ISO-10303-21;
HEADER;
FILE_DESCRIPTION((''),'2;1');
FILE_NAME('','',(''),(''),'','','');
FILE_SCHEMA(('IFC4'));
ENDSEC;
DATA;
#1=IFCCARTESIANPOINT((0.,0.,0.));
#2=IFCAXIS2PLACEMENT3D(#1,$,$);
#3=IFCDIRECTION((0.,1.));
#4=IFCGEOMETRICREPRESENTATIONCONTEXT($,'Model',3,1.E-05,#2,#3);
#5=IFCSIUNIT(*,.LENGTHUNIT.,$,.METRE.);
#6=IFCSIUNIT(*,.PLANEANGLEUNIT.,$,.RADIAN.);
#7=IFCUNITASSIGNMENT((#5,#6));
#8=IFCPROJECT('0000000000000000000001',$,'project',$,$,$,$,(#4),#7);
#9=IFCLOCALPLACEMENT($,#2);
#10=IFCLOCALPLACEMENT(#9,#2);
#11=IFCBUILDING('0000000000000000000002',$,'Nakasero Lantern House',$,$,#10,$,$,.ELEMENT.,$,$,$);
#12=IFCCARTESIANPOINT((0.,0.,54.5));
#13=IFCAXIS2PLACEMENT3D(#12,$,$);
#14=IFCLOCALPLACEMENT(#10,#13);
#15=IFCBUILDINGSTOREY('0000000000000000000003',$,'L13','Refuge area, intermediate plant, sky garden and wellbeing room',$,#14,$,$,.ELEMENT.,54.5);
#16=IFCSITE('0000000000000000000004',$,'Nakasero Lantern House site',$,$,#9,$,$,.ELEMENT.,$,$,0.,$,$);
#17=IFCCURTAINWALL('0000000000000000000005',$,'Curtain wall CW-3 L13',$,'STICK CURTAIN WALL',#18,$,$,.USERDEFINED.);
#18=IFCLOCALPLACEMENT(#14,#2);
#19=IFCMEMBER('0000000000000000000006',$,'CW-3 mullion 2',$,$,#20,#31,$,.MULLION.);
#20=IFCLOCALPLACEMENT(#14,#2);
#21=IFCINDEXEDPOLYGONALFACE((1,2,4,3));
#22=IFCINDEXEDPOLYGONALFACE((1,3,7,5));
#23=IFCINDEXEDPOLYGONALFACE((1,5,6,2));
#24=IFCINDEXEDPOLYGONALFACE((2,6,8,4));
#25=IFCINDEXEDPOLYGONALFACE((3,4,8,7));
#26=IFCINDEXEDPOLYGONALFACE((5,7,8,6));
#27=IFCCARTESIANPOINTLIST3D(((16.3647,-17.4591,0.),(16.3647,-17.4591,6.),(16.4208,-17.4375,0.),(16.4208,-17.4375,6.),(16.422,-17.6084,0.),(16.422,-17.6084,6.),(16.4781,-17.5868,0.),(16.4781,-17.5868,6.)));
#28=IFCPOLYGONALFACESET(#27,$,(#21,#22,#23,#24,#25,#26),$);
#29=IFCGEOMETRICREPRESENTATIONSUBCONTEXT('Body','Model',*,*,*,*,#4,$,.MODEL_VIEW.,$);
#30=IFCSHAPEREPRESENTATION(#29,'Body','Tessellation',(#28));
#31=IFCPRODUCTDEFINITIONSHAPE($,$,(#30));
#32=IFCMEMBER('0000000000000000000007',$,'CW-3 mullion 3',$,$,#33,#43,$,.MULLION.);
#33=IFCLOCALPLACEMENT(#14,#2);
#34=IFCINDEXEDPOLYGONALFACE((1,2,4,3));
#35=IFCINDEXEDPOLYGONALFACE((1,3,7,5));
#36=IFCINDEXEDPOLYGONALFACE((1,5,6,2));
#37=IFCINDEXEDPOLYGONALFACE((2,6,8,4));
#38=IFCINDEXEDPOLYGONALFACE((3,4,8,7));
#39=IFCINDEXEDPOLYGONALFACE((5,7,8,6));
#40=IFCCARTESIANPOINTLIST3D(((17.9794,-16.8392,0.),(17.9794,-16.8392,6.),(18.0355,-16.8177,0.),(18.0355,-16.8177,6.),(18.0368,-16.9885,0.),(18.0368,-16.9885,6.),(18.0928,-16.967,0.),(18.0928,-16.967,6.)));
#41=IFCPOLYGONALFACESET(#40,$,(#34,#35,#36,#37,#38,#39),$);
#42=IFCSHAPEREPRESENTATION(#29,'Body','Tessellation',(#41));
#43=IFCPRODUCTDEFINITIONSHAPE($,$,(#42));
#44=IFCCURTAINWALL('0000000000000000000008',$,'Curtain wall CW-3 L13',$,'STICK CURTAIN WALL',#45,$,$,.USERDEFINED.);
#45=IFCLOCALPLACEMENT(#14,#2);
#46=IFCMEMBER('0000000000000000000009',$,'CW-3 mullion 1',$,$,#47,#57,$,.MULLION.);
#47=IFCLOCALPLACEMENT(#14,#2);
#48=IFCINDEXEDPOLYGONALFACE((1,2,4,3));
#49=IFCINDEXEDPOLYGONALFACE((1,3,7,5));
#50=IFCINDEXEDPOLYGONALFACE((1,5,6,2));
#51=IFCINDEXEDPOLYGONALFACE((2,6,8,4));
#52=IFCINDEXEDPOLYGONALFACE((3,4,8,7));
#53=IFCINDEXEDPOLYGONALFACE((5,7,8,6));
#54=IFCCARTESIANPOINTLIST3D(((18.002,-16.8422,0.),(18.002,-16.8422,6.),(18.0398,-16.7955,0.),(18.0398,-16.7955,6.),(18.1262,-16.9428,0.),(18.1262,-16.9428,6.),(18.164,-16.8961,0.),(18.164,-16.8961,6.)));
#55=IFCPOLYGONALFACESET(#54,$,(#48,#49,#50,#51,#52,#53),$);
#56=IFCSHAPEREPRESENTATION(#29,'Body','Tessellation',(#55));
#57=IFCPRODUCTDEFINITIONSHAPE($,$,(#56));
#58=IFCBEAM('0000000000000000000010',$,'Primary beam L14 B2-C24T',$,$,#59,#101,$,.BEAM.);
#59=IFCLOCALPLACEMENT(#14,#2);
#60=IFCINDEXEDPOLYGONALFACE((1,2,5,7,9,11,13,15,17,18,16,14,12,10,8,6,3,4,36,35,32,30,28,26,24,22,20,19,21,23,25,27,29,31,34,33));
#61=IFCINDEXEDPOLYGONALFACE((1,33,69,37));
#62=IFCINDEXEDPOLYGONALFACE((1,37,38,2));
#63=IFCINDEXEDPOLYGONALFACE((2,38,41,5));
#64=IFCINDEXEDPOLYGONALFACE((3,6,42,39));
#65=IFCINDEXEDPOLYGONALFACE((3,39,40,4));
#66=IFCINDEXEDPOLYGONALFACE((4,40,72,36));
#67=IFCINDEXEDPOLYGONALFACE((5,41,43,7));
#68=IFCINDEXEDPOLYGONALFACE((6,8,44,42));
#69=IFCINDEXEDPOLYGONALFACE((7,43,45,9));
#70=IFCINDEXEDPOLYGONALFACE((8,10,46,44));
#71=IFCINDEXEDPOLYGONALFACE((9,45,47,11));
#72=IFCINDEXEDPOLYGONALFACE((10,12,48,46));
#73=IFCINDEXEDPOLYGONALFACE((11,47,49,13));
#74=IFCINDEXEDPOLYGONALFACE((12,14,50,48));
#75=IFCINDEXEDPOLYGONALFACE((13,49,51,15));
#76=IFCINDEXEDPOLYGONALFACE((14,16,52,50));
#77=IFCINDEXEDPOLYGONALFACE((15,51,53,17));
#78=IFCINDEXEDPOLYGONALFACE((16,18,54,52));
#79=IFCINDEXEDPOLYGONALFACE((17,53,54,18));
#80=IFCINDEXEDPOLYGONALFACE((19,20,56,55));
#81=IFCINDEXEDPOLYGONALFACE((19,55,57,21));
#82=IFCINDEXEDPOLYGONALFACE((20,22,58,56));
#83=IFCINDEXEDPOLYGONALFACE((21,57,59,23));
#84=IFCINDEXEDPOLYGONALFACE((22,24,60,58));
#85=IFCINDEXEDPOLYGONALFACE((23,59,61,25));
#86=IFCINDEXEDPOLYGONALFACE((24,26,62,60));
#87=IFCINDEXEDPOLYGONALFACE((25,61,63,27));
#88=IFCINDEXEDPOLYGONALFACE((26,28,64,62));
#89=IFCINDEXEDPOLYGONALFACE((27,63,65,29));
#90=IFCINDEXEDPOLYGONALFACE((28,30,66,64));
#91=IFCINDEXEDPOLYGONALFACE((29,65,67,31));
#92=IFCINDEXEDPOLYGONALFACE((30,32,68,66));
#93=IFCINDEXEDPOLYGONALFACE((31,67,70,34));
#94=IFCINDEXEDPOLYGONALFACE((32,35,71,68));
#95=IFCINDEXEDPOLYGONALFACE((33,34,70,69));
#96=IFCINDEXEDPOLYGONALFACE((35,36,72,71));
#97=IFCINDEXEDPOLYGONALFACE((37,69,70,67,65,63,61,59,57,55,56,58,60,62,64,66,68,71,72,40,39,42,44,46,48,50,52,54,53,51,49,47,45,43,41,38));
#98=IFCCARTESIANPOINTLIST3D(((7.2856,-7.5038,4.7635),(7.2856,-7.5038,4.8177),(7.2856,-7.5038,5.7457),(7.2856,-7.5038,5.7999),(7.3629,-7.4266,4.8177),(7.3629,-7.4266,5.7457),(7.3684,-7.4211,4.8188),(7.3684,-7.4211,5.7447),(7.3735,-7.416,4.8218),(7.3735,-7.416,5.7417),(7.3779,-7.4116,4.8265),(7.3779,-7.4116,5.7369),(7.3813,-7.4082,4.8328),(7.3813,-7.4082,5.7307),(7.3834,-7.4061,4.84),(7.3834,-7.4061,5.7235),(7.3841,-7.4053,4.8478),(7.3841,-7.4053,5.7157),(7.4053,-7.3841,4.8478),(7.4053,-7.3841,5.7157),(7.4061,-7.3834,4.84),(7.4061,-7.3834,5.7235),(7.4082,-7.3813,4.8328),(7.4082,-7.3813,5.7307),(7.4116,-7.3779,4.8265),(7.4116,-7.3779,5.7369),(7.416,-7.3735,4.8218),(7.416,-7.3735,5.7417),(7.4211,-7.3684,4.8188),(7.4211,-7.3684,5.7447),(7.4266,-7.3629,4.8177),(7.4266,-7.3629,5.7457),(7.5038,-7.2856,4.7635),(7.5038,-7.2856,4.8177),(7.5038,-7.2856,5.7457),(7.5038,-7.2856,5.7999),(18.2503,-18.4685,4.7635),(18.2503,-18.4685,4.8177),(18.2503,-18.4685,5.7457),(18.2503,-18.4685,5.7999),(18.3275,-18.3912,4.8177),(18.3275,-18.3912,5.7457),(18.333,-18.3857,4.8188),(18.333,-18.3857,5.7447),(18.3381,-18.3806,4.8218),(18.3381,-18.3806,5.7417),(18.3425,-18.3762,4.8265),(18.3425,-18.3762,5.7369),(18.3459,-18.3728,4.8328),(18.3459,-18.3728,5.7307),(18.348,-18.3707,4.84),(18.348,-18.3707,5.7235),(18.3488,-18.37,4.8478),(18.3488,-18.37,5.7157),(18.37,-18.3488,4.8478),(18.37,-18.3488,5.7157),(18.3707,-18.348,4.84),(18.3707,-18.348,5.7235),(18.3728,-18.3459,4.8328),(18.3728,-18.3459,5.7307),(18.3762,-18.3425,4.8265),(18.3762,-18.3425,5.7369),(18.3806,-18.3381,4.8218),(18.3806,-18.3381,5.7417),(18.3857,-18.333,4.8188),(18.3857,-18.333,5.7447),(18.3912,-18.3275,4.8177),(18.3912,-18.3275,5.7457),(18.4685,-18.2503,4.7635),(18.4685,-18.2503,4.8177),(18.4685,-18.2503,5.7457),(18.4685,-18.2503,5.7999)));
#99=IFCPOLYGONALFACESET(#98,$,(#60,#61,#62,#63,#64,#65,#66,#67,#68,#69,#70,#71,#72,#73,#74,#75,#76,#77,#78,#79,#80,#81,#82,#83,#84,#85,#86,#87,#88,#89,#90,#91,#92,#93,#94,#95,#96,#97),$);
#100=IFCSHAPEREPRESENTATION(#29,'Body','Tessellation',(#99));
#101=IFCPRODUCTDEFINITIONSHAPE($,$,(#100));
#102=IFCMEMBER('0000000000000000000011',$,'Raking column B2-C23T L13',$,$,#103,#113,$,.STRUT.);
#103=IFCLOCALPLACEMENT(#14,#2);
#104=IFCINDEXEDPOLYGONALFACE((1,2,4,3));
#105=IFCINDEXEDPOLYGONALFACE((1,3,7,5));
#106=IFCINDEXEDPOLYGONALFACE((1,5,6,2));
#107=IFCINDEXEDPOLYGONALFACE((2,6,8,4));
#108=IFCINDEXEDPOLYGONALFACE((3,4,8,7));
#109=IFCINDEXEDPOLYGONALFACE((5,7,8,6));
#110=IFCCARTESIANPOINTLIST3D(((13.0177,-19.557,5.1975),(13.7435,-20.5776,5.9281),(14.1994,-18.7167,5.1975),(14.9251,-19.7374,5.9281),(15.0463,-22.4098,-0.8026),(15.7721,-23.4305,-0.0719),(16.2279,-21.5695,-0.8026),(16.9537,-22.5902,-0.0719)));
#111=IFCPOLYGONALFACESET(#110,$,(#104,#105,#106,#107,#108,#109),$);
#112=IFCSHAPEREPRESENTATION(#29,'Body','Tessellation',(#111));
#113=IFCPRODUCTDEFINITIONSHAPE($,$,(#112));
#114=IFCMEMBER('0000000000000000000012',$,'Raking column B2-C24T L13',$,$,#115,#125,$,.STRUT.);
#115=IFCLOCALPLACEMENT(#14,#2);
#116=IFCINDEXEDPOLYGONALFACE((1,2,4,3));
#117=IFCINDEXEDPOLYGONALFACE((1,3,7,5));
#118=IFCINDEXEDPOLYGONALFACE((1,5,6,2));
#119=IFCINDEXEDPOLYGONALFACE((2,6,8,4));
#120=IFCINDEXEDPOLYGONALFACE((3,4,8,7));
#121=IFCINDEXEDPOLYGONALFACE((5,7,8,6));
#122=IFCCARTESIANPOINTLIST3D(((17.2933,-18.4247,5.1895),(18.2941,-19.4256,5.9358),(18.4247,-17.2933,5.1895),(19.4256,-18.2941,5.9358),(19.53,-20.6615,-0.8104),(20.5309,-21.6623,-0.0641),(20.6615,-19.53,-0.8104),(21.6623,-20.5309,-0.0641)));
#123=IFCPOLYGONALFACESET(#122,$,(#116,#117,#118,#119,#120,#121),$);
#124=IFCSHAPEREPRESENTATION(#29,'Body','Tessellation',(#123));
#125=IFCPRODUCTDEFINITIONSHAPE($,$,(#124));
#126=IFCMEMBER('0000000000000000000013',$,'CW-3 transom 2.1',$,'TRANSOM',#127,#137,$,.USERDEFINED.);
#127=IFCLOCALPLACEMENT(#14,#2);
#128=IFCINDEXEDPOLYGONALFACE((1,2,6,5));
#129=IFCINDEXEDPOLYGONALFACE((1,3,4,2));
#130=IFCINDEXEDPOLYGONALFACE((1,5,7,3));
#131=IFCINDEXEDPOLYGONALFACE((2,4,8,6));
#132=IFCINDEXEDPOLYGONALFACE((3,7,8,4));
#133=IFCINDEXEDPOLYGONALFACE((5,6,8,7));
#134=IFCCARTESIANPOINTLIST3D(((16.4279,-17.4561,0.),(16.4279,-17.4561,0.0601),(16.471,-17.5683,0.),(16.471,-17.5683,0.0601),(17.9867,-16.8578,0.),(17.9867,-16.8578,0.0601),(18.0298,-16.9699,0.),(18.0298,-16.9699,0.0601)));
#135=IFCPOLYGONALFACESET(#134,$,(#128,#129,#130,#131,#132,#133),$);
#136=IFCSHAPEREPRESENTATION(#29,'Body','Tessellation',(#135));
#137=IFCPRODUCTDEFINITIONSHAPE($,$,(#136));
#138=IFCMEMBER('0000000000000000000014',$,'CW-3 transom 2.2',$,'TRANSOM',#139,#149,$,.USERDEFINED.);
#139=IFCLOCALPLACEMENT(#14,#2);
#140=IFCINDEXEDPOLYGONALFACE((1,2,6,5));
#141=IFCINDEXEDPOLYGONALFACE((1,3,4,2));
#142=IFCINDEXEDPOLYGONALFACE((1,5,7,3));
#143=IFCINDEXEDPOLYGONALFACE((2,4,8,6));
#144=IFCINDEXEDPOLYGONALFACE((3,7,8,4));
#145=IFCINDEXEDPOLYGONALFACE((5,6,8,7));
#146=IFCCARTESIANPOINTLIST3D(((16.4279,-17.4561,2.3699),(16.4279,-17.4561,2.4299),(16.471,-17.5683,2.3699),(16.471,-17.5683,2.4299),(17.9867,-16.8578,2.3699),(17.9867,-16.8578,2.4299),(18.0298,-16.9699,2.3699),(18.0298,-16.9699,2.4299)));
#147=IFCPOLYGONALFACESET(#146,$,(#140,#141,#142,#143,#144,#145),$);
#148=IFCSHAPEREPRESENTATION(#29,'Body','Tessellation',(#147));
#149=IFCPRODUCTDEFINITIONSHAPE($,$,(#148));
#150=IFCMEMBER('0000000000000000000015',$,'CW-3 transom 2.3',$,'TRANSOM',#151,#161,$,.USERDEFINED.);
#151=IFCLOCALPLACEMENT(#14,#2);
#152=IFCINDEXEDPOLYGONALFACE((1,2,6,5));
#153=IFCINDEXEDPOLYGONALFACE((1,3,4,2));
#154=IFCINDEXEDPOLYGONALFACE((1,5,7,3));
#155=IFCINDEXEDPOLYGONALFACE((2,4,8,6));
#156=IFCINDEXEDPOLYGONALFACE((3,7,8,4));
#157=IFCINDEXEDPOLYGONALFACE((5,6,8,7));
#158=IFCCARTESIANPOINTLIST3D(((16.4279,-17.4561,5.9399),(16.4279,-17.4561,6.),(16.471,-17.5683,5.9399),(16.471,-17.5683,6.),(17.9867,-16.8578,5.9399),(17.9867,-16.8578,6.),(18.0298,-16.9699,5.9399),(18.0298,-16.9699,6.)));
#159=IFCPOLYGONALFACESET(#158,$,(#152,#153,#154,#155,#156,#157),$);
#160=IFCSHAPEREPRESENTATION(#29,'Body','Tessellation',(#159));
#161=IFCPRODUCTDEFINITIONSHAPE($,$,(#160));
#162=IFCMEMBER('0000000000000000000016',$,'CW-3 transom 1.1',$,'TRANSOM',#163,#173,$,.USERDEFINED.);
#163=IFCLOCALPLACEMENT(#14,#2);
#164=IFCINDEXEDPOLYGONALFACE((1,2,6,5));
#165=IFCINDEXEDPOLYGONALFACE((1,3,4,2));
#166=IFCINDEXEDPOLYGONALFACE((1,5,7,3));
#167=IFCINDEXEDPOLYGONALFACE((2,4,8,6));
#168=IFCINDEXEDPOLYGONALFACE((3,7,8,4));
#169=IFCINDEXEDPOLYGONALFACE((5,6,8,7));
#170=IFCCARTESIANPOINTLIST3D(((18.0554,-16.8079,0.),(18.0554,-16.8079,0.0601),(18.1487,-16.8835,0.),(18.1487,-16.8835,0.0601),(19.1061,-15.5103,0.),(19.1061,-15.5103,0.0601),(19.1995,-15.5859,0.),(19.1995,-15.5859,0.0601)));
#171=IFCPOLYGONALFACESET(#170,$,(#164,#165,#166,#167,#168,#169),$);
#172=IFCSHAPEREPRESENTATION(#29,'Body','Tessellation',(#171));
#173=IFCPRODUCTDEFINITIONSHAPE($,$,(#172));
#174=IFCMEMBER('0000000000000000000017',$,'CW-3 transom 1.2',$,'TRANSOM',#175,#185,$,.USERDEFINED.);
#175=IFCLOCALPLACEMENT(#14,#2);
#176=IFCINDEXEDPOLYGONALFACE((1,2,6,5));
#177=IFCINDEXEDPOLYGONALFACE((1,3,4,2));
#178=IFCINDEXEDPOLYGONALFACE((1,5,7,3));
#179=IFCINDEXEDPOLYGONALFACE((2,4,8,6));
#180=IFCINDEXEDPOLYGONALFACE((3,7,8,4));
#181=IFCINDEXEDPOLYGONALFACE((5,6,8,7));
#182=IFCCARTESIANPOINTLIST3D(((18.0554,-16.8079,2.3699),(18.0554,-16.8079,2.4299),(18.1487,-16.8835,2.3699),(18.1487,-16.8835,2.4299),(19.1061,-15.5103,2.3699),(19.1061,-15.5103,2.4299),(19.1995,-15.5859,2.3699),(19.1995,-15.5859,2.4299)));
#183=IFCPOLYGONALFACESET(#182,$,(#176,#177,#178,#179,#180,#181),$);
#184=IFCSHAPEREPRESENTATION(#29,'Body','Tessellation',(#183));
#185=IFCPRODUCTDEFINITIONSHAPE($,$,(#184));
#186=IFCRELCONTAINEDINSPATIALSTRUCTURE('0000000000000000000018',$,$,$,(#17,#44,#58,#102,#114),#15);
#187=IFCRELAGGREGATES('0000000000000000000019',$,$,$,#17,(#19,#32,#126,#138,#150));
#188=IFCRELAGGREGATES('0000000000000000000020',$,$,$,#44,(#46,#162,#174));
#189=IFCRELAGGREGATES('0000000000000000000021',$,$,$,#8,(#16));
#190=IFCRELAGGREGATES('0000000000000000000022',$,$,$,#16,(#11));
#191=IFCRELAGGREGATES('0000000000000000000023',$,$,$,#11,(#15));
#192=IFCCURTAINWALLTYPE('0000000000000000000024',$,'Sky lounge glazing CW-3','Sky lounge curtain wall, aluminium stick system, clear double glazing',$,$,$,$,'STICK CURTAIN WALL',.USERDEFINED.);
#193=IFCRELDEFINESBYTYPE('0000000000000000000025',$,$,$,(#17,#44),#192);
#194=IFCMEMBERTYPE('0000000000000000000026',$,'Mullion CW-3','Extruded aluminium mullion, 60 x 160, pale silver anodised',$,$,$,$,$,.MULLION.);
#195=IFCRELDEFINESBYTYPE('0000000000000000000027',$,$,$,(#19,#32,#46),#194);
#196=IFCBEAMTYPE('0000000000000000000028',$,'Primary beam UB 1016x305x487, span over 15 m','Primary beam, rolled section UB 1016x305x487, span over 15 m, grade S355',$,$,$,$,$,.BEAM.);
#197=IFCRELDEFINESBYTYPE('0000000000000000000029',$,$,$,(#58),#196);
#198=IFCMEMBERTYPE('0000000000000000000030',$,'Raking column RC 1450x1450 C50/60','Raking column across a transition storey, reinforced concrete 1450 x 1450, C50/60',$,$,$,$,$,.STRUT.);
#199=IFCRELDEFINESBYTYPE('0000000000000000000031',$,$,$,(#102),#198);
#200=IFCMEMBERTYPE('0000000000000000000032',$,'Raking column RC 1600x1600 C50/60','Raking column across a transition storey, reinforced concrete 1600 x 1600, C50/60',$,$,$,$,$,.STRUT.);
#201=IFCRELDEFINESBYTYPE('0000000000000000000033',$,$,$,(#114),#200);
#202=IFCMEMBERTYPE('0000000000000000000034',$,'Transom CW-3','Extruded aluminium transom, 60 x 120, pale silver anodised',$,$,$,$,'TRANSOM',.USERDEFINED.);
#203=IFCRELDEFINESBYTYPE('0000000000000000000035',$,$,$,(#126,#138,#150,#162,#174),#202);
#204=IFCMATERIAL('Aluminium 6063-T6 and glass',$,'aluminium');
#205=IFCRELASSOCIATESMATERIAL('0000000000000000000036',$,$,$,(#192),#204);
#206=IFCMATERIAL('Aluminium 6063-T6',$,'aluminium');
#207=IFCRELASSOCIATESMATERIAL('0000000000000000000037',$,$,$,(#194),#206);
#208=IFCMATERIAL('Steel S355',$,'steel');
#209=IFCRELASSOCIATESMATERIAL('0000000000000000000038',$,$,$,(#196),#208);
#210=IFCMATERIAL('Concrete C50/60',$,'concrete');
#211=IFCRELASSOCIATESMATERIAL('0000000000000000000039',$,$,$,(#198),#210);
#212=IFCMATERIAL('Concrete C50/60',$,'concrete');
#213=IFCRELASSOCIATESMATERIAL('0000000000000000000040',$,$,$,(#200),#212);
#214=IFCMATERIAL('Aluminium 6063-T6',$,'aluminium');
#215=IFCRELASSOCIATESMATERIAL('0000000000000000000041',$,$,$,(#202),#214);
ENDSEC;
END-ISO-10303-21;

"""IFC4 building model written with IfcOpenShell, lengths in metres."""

from ifc_helpers import new_model, si_unit, direction, frame, origin, origin_2d, place, context, subcontext, project, spatial, rectangle, i_section, extrude, material, material_profile, profile_set, type_object, element, aggregate, save


model = new_model("IFC4")

# Units and contexts
model_context = context("Model", 3, precision=1e-05, world=origin(), true_north=direction((0.0, 1.0)))
body_context = subcontext(model_context, "Body", "Model", "MODEL_VIEW")
ifc_project = project(units=[si_unit("LENGTHUNIT", "METRE"), si_unit("PLANEANGLEUNIT", "RADIAN")], contexts=[model_context])

# Site, building, storey
site_placement = place(None, origin())
site = spatial("IfcSite", under=ifc_project, at=site_placement, Name="Nakasero Lantern House site", CompositionType="ELEMENT", RefElevation=0.0)
building_placement = place(site_placement, origin())
building = spatial("IfcBuilding", under=site, at=building_placement, Name="Nakasero Lantern House", CompositionType="ELEMENT")
storey_placement = place(building_placement, frame((0.0, 0.0, 54.5)))
storey = spatial("IfcBuildingStorey", under=building, at=storey_placement, Name="L13", Description="Refuge area, intermediate plant, sky garden and wellbeing room", CompositionType="ELEMENT", Elevation=54.5)

# Curtain wall, members
ifc_material_1 = material(Name="Aluminium 6063-T6 and glass", Category="aluminium")
curtain_wall_type = type_object("IfcCurtainWallType", Name="Sky lounge glazing CW-3", Description="Sky lounge curtain wall, aluminium stick system, clear double glazing", ElementType="STICK CURTAIN WALL", PredefinedType="USERDEFINED", material=ifc_material_1)
curtain_wall_1_placement = place(storey_placement, origin())
curtain_wall_1 = element("IfcCurtainWall", 1, at=curtain_wall_1_placement, inside=storey, type_object=curtain_wall_type, Name="Curtain wall CW-3 L13", ObjectType="STICK CURTAIN WALL", PredefinedType="USERDEFINED")
ifc_material_2 = material(Name="Aluminium 6063-T6", Category="aluminium")
ifc_material_profile_1 = material_profile(ifc_material_2, rectangle(XDim=0.0601, YDim=0.1599, at=origin_2d()), Name="CW-3 mullion 60x160")
ifc_profile_set_1 = profile_set([ifc_material_profile_1], Name="Aluminium 6063-T6")
member_type_1 = type_object("IfcMemberType", Name="Mullion CW-3", Description="Extruded aluminium mullion, 60 x 160, pale silver anodised", PredefinedType="MULLION", material=ifc_profile_set_1)
member_1_placement = place(storey_placement, frame((16.4214, -17.5229, 0.0), z_axis=(0.0, 0.0, 1.0), x_axis=(0.93358, 0.358368, 0.0)))
member_1 = element("IfcMember", 2, at=member_1_placement, type_object=member_type_1, Name="CW-3 mullion 2", PredefinedType="MULLION", context=body_context, shape_type="SweptSolid", body=[
    extrude(rectangle(XDim=0.0601, YDim=0.1599, at=origin_2d()), origin(), (0.0, 0.0, 1.0), 6.0),
])
member_2_placement = place(storey_placement, frame((18.0361, -16.9031, 0.0), z_axis=(0.0, 0.0, 1.0), x_axis=(0.93358, 0.358368, 0.0)))
member_2 = element("IfcMember", 3, at=member_2_placement, type_object=member_type_1, Name="CW-3 mullion 3", PredefinedType="MULLION", context=body_context, shape_type="SweptSolid", body=[
    extrude(rectangle(XDim=0.0601, YDim=0.1599, at=origin_2d()), origin(), (0.0, 0.0, 1.0), 6.0),
])

# Curtain wall, member
curtain_wall_2_placement = place(storey_placement, origin())
curtain_wall_2 = element("IfcCurtainWall", 4, at=curtain_wall_2_placement, inside=storey, type_object=curtain_wall_type, Name="Curtain wall CW-3 L13", ObjectType="STICK CURTAIN WALL", PredefinedType="USERDEFINED")
member_3_placement = place(storey_placement, frame((18.083, -16.8691, 0.0), z_axis=(0.0, 0.0, 1.0), x_axis=(0.62932, 0.777146, 0.0)))
member_3 = element("IfcMember", 5, at=member_3_placement, type_object=member_type_1, Name="CW-3 mullion 1", PredefinedType="MULLION", context=body_context, shape_type="SweptSolid", body=[
    extrude(rectangle(XDim=0.0601, YDim=0.1599, at=origin_2d()), origin(), (0.0, 0.0, 1.0), 6.0),
])

# Beam
ifc_material_3 = material(Name="Steel S355", Category="steel")
ifc_material_profile_2 = material_profile(ifc_material_3, i_section(OverallWidth=0.3086, OverallDepth=1.0364, WebThickness=0.03, FlangeThickness=0.0542, FilletRadius=0.03, at=origin_2d()), Name="UB 1016x305x487")
ifc_profile_set_2 = profile_set([ifc_material_profile_2], Name="Steel S355")
beam_type_1 = type_object("IfcBeamType", Name="Primary beam UB 1016x305x487, span over 15 m", Description="Primary beam, rolled section UB 1016x305x487, span over 15 m, grade S355", PredefinedType="BEAM", material=ifc_profile_set_2)
beam_1_placement = place(storey_placement, frame((18.3594, -18.3594, 5.2817), z_axis=(-0.707107, 0.707107, 0.0), x_axis=(-0.707107, -0.707107, 0.0)))
element("IfcBeam", 6, at=beam_1_placement, inside=storey, type_object=beam_type_1, Name="Primary beam L14 B2-C24T", PredefinedType="BEAM", context=body_context, shape_type="SweptSolid", body=[
    extrude(i_section(OverallWidth=0.3086, OverallDepth=1.0364, WebThickness=0.03, FlangeThickness=0.0542, FilletRadius=0.03, at=origin_2d()), origin(), (0.0, 0.0, 1.0), 15.5063),
])

# Members
ifc_material_4 = material(Name="Concrete C50/60", Category="concrete")
ifc_material_profile_3 = material_profile(ifc_material_4, rectangle(XDim=1.45, YDim=1.45, at=origin_2d()), Name="RC 1450x1450")
ifc_profile_set_3 = profile_set([ifc_material_profile_3], Name="Concrete C50/60")
member_type_2 = type_object("IfcMemberType", Name="Raking column RC 1450x1450 C50/60", Description="Raking column across a transition storey, reinforced concrete 1450 x 1450, C50/60", PredefinedType="STRUT", material=ifc_profile_set_3)
member_4_placement = place(storey_placement, frame((16.0, -22.5, -0.4373), z_axis=(-0.292028, 0.410681, 0.863748), x_axis=(-0.814966, -0.579508, 0.0)))
element("IfcMember", 7, at=member_4_placement, inside=storey, type_object=member_type_2, Name="Raking column B2-C23T L13", PredefinedType="STRUT", context=body_context, shape_type="SweptSolid", body=[
    extrude(rectangle(XDim=1.45, YDim=1.45, at=origin_2d()), origin(), (0.0, 0.0, 1.0), 6.9465),
])
ifc_material_5 = material(Name="Concrete C50/60", Category="concrete")
ifc_material_profile_4 = material_profile(ifc_material_5, rectangle(XDim=1.6001, YDim=1.6001, at=origin_2d()), Name="RC 1600x1600")
ifc_profile_set_4 = profile_set([ifc_material_profile_4], Name="Concrete C50/60")
member_type_3 = type_object("IfcMemberType", Name="Raking column RC 1600x1600 C50/60", Description="Raking column across a transition storey, reinforced concrete 1600 x 1600, C50/60", PredefinedType="STRUT", material=ifc_profile_set_4)
member_5_placement = place(storey_placement, frame((20.5962, -20.5962, -0.4373), z_axis=(-0.329777, 0.329777, 0.884587), x_axis=(-0.707107, -0.707107, 0.0)))
element("IfcMember", 8, at=member_5_placement, inside=storey, type_object=member_type_3, Name="Raking column B2-C24T L13", PredefinedType="STRUT", context=body_context, shape_type="SweptSolid", body=[
    extrude(rectangle(XDim=1.6001, YDim=1.6001, at=origin_2d()), origin(), (0.0, 0.0, 1.0), 6.7827),
])

# Members
ifc_material_6 = material(Name="Aluminium 6063-T6", Category="aluminium")
ifc_material_profile_5 = material_profile(ifc_material_6, rectangle(XDim=0.0601, YDim=0.1201, at=origin_2d()), Name="CW-3 transom 60x120")
ifc_profile_set_5 = profile_set([ifc_material_profile_5], Name="Aluminium 6063-T6")
member_type_4 = type_object("IfcMemberType", Name="Transom CW-3", Description="Extruded aluminium transom, 60 x 120, pale silver anodised", ElementType="TRANSOM", PredefinedType="USERDEFINED", material=ifc_profile_set_5)
member_6_placement = place(storey_placement, frame((16.4495, -17.5122, 0.03), z_axis=(0.933579, 0.358372, 0.0), x_axis=(0.0, 0.0, 1.0)))
member_6 = element("IfcMember", 9, at=member_6_placement, type_object=member_type_4, Name="CW-3 transom 2.1", ObjectType="TRANSOM", PredefinedType="USERDEFINED", context=body_context, shape_type="SweptSolid", body=[
    extrude(rectangle(XDim=0.0601, YDim=0.1201, at=origin_2d()), origin(), (0.0, 0.0, 1.0), 1.6697),
])
member_7_placement = place(storey_placement, frame((16.4495, -17.5122, 2.3999), z_axis=(0.933579, 0.358372, 0.0), x_axis=(0.0, 0.0, 1.0)))
member_7 = element("IfcMember", 10, at=member_7_placement, type_object=member_type_4, Name="CW-3 transom 2.2", ObjectType="TRANSOM", PredefinedType="USERDEFINED", context=body_context, shape_type="SweptSolid", body=[
    extrude(rectangle(XDim=0.0601, YDim=0.1201, at=origin_2d()), origin(), (0.0, 0.0, 1.0), 1.6697),
])
member_8_placement = place(storey_placement, frame((16.4495, -17.5122, 5.97), z_axis=(0.933579, 0.358372, 0.0), x_axis=(0.0, 0.0, 1.0)))
member_8 = element("IfcMember", 11, at=member_8_placement, type_object=member_type_4, Name="CW-3 transom 2.3", ObjectType="TRANSOM", PredefinedType="USERDEFINED", context=body_context, shape_type="SweptSolid", body=[
    extrude(rectangle(XDim=0.0601, YDim=0.1201, at=origin_2d()), origin(), (0.0, 0.0, 1.0), 1.6697),
])
member_9_placement = place(storey_placement, frame((18.1021, -16.8457, 0.03), z_axis=(0.62932, 0.777146, 0.0), x_axis=(0.0, 0.0, 1.0)))
member_9 = element("IfcMember", 12, at=member_9_placement, type_object=member_type_4, Name="CW-3 transom 1.1", ObjectType="TRANSOM", PredefinedType="USERDEFINED", context=body_context, shape_type="SweptSolid", body=[
    extrude(rectangle(XDim=0.0601, YDim=0.1201, at=origin_2d()), origin(), (0.0, 0.0, 1.0), 1.6697),
])
member_10_placement = place(storey_placement, frame((18.1021, -16.8457, 2.3999), z_axis=(0.62932, 0.777146, 0.0), x_axis=(0.0, 0.0, 1.0)))
member_10 = element("IfcMember", 13, at=member_10_placement, type_object=member_type_4, Name="CW-3 transom 1.2", ObjectType="TRANSOM", PredefinedType="USERDEFINED", context=body_context, shape_type="SweptSolid", body=[
    extrude(rectangle(XDim=0.0601, YDim=0.1201, at=origin_2d()), origin(), (0.0, 0.0, 1.0), 1.6697),
])

aggregate(curtain_wall_1, [member_1, member_2, member_6, member_7, member_8])
aggregate(curtain_wall_2, [member_3, member_9, member_10])

save(model, "model.ifc")
